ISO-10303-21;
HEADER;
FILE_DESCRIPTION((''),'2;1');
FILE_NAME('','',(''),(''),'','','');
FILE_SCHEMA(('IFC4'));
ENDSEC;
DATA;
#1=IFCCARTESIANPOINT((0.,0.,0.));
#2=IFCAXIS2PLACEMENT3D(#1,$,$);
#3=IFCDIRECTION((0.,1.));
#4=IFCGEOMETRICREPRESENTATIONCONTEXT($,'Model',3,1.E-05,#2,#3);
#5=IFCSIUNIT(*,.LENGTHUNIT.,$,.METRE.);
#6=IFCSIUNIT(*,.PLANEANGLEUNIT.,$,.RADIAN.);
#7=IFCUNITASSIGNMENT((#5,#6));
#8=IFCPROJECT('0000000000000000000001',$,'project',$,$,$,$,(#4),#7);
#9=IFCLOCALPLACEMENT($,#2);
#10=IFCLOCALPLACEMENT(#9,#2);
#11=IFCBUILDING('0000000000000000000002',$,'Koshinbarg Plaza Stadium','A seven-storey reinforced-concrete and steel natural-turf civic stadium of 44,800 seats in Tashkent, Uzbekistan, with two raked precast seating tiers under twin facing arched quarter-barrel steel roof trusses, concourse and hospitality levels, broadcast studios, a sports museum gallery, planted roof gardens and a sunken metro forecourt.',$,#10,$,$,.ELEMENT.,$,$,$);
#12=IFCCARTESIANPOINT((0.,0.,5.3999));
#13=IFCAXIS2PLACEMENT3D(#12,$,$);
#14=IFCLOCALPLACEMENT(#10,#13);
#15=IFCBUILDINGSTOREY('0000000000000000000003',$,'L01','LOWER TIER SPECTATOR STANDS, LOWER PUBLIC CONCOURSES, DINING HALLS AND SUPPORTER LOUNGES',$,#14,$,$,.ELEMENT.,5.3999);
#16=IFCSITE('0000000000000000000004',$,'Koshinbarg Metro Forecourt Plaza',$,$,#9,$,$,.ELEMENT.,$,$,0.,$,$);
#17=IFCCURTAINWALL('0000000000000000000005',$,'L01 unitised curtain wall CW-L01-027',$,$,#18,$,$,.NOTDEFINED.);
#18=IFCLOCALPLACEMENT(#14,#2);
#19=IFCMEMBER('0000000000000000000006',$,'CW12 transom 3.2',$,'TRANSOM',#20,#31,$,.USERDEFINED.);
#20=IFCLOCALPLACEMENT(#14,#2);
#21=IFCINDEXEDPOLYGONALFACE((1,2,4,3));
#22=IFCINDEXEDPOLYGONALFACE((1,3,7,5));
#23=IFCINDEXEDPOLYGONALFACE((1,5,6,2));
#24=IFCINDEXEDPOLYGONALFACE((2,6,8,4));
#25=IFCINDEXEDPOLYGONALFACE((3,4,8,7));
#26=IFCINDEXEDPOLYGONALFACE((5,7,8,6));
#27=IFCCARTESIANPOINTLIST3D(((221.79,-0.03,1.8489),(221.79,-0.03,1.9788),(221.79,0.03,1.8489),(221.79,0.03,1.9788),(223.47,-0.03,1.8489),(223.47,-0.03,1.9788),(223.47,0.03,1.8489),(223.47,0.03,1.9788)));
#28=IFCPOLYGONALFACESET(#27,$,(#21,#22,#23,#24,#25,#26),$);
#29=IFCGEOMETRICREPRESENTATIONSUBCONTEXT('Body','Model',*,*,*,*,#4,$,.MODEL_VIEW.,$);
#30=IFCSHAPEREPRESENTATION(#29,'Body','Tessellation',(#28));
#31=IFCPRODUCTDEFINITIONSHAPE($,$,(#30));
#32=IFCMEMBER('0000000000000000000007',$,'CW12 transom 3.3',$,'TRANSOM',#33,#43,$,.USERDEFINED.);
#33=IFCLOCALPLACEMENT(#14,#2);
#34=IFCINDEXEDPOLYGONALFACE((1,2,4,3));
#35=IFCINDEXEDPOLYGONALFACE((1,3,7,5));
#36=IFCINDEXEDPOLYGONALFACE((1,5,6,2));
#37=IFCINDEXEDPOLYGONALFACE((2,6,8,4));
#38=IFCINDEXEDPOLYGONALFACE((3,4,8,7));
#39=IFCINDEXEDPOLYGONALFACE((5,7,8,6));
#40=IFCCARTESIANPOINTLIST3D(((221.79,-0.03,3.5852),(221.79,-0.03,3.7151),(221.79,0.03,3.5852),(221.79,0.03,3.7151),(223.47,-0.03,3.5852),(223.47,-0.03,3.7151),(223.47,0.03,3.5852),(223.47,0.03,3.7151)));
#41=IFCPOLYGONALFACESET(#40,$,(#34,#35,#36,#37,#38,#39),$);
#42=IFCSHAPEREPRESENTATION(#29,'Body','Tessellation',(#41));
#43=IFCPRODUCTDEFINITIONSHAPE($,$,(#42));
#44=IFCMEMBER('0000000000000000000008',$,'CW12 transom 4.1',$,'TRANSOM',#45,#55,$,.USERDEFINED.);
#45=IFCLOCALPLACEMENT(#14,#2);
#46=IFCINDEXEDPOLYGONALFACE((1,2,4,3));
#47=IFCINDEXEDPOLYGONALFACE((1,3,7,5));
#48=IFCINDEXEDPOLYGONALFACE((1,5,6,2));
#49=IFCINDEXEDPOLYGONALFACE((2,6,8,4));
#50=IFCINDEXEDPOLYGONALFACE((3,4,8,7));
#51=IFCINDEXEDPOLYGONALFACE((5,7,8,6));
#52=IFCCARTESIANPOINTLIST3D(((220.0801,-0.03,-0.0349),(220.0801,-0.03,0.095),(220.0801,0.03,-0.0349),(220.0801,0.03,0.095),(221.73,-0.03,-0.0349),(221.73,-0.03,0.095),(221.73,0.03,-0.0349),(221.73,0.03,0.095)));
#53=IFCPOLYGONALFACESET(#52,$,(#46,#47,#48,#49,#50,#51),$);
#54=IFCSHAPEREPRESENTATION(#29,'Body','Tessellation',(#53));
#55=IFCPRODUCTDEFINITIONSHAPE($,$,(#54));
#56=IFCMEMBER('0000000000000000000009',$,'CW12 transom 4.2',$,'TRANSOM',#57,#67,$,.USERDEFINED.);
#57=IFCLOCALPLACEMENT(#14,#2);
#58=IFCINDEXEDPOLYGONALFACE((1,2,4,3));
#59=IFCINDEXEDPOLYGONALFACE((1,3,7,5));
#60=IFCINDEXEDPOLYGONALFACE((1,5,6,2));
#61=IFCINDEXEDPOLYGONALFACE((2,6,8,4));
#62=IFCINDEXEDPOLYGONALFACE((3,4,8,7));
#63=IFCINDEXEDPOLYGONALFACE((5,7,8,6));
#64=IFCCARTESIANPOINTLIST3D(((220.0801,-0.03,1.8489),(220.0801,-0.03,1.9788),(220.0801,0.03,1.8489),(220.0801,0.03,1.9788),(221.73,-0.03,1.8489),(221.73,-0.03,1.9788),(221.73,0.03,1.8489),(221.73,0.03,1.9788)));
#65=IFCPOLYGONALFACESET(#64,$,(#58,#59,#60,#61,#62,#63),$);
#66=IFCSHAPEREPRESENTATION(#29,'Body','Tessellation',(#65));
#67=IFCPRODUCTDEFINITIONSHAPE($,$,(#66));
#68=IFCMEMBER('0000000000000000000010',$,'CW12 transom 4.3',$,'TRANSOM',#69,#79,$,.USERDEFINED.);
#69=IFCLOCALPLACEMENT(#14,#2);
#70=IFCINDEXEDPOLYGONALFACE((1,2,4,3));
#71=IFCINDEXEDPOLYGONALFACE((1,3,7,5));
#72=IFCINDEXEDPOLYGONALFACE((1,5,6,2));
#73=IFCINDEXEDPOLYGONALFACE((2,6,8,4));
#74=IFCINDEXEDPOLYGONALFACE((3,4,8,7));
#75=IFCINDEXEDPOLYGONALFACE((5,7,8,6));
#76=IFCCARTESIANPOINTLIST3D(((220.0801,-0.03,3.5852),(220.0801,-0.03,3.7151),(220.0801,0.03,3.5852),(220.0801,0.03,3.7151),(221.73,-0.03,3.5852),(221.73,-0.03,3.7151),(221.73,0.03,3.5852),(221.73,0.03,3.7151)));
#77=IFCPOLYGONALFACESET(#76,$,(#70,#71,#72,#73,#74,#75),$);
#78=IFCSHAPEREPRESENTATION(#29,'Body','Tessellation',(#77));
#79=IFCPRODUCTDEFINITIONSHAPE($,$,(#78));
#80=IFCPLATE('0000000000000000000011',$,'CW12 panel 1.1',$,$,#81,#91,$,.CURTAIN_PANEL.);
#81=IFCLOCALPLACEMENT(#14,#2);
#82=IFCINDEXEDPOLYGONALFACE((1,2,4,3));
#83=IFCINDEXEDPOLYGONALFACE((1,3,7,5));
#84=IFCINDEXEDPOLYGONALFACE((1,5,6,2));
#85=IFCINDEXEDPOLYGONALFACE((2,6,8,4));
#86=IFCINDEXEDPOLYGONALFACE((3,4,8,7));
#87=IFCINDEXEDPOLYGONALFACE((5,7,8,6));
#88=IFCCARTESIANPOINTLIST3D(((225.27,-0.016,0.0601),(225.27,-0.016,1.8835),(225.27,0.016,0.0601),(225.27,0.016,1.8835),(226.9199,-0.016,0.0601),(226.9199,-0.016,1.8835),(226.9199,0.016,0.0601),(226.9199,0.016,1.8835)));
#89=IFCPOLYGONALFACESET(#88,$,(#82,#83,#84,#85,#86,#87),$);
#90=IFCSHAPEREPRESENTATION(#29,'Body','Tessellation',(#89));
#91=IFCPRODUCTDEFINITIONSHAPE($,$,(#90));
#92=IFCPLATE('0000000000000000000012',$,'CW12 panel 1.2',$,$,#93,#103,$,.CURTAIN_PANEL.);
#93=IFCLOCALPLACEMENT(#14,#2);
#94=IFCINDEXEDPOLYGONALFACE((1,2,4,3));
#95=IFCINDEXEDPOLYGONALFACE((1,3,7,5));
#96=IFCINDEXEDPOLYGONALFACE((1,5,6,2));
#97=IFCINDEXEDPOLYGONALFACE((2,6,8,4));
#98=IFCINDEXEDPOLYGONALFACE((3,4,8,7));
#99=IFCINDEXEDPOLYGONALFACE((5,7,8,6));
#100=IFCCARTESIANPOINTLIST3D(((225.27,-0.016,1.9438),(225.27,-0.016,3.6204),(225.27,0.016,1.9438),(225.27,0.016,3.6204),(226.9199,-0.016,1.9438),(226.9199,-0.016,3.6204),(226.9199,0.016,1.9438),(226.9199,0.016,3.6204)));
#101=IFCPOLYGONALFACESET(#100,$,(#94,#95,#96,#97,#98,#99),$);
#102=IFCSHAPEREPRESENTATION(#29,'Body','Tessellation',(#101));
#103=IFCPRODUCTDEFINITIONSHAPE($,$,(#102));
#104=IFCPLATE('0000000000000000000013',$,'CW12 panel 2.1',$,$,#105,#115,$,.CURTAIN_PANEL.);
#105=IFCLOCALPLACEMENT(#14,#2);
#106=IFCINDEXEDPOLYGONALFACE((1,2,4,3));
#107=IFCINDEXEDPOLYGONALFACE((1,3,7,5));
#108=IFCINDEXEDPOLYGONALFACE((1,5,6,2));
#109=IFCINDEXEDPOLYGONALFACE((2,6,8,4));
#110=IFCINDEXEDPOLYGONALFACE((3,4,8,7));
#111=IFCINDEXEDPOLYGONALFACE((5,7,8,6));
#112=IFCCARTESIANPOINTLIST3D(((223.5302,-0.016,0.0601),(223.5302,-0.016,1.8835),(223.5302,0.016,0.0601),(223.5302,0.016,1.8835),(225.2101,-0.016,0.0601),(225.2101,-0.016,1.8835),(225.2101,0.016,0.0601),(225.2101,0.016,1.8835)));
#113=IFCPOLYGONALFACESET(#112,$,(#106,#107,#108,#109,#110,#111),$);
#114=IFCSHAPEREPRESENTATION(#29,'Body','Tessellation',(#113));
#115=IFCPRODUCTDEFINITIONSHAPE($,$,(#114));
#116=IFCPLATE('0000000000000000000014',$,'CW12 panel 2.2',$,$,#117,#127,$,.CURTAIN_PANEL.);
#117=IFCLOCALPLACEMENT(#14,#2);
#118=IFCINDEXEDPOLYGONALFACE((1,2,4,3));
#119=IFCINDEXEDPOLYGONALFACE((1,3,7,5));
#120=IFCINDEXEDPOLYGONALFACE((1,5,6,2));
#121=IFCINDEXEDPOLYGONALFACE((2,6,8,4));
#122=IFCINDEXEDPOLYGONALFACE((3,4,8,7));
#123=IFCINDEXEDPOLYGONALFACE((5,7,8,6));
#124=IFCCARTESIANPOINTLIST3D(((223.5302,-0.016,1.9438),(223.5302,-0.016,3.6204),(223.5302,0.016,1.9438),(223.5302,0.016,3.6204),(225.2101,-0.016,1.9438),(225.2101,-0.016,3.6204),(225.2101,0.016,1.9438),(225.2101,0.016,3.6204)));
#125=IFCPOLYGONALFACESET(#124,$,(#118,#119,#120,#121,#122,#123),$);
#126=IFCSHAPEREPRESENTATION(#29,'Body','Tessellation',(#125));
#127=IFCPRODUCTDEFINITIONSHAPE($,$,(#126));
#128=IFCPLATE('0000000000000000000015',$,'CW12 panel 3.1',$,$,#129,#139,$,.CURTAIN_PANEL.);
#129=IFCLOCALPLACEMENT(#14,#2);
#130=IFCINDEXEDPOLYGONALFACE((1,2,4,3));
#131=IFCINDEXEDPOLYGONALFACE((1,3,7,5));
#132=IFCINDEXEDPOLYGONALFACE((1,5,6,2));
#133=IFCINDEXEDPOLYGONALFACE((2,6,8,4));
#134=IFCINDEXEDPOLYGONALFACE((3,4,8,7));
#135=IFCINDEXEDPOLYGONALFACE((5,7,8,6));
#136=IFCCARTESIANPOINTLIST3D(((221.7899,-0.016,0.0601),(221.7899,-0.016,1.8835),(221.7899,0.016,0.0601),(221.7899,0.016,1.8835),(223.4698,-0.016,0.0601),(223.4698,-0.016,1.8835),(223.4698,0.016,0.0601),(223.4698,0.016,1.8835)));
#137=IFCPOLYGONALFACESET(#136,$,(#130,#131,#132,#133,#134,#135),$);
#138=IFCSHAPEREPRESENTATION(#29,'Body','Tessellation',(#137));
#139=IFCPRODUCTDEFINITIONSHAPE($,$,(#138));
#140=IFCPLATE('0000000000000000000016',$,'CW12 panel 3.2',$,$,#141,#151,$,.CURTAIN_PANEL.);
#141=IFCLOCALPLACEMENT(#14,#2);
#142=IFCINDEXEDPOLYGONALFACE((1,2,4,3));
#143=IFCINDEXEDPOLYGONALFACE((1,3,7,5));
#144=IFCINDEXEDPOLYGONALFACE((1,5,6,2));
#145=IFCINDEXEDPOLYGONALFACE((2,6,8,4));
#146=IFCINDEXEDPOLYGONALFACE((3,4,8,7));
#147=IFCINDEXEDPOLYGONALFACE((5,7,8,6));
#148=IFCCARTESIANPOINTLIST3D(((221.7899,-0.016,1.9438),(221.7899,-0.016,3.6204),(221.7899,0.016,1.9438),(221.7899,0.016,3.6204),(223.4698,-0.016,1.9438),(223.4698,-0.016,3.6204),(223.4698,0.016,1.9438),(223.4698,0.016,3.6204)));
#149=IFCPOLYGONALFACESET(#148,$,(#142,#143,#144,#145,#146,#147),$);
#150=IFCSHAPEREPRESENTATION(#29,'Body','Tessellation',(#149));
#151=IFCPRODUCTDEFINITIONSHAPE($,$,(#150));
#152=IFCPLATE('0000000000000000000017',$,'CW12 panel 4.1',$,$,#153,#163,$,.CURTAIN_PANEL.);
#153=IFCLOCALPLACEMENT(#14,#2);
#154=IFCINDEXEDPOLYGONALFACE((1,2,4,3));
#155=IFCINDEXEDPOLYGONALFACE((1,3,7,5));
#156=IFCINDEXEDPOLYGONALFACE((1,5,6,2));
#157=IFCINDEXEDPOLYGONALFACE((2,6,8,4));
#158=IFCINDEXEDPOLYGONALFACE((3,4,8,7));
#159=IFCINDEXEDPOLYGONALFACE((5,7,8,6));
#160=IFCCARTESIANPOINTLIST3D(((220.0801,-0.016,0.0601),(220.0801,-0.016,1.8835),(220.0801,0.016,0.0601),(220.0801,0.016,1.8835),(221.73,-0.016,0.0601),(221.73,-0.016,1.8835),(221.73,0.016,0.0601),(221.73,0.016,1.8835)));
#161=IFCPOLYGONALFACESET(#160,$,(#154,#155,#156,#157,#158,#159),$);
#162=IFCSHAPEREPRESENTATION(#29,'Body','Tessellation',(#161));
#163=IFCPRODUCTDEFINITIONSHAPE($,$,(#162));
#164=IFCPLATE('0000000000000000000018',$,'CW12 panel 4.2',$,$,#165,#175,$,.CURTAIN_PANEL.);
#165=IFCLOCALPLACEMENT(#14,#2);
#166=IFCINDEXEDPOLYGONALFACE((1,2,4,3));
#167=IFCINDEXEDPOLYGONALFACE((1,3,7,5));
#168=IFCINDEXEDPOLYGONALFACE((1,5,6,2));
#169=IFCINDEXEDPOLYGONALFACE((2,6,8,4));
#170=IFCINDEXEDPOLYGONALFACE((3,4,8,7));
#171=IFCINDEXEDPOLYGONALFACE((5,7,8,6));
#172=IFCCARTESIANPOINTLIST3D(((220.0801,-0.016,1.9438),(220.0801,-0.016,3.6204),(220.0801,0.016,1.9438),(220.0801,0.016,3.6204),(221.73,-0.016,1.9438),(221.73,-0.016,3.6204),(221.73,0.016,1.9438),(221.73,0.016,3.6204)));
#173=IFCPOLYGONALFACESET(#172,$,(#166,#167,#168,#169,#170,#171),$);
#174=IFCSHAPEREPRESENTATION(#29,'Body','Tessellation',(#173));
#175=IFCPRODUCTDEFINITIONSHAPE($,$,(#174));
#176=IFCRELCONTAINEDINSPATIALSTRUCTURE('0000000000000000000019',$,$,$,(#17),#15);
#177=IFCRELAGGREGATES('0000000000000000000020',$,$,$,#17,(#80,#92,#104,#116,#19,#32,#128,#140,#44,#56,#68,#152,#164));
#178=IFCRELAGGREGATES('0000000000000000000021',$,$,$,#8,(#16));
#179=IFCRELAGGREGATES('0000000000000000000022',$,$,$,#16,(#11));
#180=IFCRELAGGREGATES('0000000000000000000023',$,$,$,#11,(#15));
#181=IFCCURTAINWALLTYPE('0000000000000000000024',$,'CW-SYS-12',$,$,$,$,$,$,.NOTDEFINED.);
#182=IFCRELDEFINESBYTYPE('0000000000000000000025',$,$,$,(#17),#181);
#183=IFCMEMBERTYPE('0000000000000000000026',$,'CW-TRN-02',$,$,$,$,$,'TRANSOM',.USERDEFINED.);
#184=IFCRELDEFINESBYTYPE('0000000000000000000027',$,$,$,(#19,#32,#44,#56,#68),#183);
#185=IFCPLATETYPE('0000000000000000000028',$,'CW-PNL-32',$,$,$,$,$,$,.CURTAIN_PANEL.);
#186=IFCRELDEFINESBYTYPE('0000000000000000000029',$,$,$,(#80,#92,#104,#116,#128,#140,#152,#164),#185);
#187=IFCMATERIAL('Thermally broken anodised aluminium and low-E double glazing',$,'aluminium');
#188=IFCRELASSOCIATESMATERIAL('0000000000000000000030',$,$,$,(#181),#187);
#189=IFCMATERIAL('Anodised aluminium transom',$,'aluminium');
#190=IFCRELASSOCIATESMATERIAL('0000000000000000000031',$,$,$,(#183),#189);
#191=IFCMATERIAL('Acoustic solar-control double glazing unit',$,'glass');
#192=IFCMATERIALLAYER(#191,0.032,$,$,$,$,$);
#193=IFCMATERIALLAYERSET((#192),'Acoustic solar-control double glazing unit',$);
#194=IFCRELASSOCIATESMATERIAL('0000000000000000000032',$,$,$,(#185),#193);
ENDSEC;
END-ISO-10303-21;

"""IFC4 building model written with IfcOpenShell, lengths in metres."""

from ifc_helpers import new_model, si_unit, direction, frame, origin, origin_2d, place, context, subcontext, project, spatial, rectangle, extrude, material, layer, layer_set, material_profile, profile_set, type_object, element, aggregate, save


model = new_model("IFC4")

# Units and contexts
model_context = context("Model", 3, precision=1e-05, world=origin(), true_north=direction((0.0, 1.0)))
body_context = subcontext(model_context, "Body", "Model", "MODEL_VIEW")
ifc_project = project(units=[si_unit("LENGTHUNIT", "METRE"), si_unit("PLANEANGLEUNIT", "RADIAN")], contexts=[model_context])

# Site, building, storey
site_placement = place(None, origin())
site = spatial("IfcSite", under=ifc_project, at=site_placement, Name="Koshinbarg Metro Forecourt Plaza", CompositionType="ELEMENT", RefElevation=0.0)
building_placement = place(site_placement, origin())
building = spatial("IfcBuilding", under=site, at=building_placement, Name="Koshinbarg Plaza Stadium", Description="A seven-storey reinforced-concrete and steel natural-turf civic stadium of 44,800 seats in Tashkent, Uzbekistan, with two raked precast seating tiers under twin facing arched quarter-barrel steel roof trusses, concourse and hospitality levels, broadcast studios, a sports museum gallery, planted roof gardens and a sunken metro forecourt.", CompositionType="ELEMENT")
storey_placement = place(building_placement, frame((0.0, 0.0, 5.3999)))
storey = spatial("IfcBuildingStorey", under=building, at=storey_placement, Name="L01", Description="LOWER TIER SPECTATOR STANDS, LOWER PUBLIC CONCOURSES, DINING HALLS AND SUPPORTER LOUNGES", CompositionType="ELEMENT", Elevation=5.3999)

# Curtain wall, members, plates
ifc_material_1 = material(Name="Thermally broken anodised aluminium and low-E double glazing", Category="aluminium")
curtain_wall_type = type_object("IfcCurtainWallType", Name="CW-SYS-12", PredefinedType="NOTDEFINED", material=ifc_material_1)
curtain_wall_placement = place(storey_placement, origin())
curtain_wall = element("IfcCurtainWall", 1, at=curtain_wall_placement, inside=storey, type_object=curtain_wall_type, Name="L01 unitised curtain wall CW-L01-027", PredefinedType="NOTDEFINED")
ifc_material_2 = material(Name="Anodised aluminium transom", Category="aluminium")
ifc_material_profile_1 = material_profile(ifc_material_2, rectangle(XDim=0.0601, YDim=0.1299, at=origin_2d()), Name="ALU 60x130")
ifc_profile_set_1 = profile_set([ifc_material_profile_1], Name="Anodised aluminium transom")
member_type_1 = type_object("IfcMemberType", Name="CW-TRN-02", ElementType="TRANSOM", PredefinedType="USERDEFINED", material=ifc_profile_set_1)
member_1_placement = place(storey_placement, frame((223.47, 0.0, 1.9138), z_axis=(-1.0, 0.0, 0.0), x_axis=(0.0, -1.0, 0.0)))
member_1 = element("IfcMember", 2, at=member_1_placement, type_object=member_type_1, Name="CW12 transom 3.2", ObjectType="TRANSOM", PredefinedType="USERDEFINED", context=body_context, shape_type="SweptSolid", body=[
    extrude(rectangle(XDim=0.0601, YDim=0.1299, at=origin_2d()), origin(), (0.0, 0.0, 1.0), 1.6799),
])
member_2_placement = place(storey_placement, frame((223.47, 0.0, 3.6501), z_axis=(-1.0, 0.0, 0.0), x_axis=(0.0, -1.0, 0.0)))
member_2 = element("IfcMember", 3, at=member_2_placement, type_object=member_type_1, Name="CW12 transom 3.3", ObjectType="TRANSOM", PredefinedType="USERDEFINED", context=body_context, shape_type="SweptSolid", body=[
    extrude(rectangle(XDim=0.0601, YDim=0.1299, at=origin_2d()), origin(), (0.0, 0.0, 1.0), 1.6799),
])
member_3_placement = place(storey_placement, frame((221.73, 0.0, 0.03), z_axis=(-1.0, 0.0, 0.0), x_axis=(0.0, -1.0, 0.0)))
member_3 = element("IfcMember", 4, at=member_3_placement, type_object=member_type_1, Name="CW12 transom 4.1", ObjectType="TRANSOM", PredefinedType="USERDEFINED", context=body_context, shape_type="SweptSolid", body=[
    extrude(rectangle(XDim=0.0601, YDim=0.1299, at=origin_2d()), origin(), (0.0, 0.0, 1.0), 1.6499),
])
member_4_placement = place(storey_placement, frame((221.73, 0.0, 1.9138), z_axis=(-1.0, 0.0, 0.0), x_axis=(0.0, -1.0, 0.0)))
member_4 = element("IfcMember", 5, at=member_4_placement, type_object=member_type_1, Name="CW12 transom 4.2", ObjectType="TRANSOM", PredefinedType="USERDEFINED", context=body_context, shape_type="SweptSolid", body=[
    extrude(rectangle(XDim=0.0601, YDim=0.1299, at=origin_2d()), origin(), (0.0, 0.0, 1.0), 1.6499),
])
member_5_placement = place(storey_placement, frame((221.73, 0.0, 3.6501), z_axis=(-1.0, 0.0, 0.0), x_axis=(0.0, -1.0, 0.0)))
member_5 = element("IfcMember", 6, at=member_5_placement, type_object=member_type_1, Name="CW12 transom 4.3", ObjectType="TRANSOM", PredefinedType="USERDEFINED", context=body_context, shape_type="SweptSolid", body=[
    extrude(rectangle(XDim=0.0601, YDim=0.1299, at=origin_2d()), origin(), (0.0, 0.0, 1.0), 1.6499),
])
ifc_material_3 = material(Name="Acoustic solar-control double glazing unit", Category="glass")
ifc_layer = layer(ifc_material_3, 0.032)
ifc_layer_set = layer_set([ifc_layer], Name="Acoustic solar-control double glazing unit")
plate_type = type_object("IfcPlateType", Name="CW-PNL-32", PredefinedType="CURTAIN_PANEL", material=ifc_layer_set)
plate_1_placement = place(storey_placement, frame((226.095, 0.0, 0.0601), z_axis=(0.0, 0.0, 1.0), x_axis=(-1.0, 0.0, 0.0)))
plate_1 = element("IfcPlate", 7, at=plate_1_placement, type_object=plate_type, Name="CW12 panel 1.1", PredefinedType="CURTAIN_PANEL", context=body_context, shape_type="SweptSolid", body=[
    extrude(rectangle(XDim=1.6499, YDim=0.032, at=origin_2d()), origin(), (0.0, 0.0, 1.0), 1.8235),
])
plate_2_placement = place(storey_placement, frame((226.095, 0.0, 1.9438), z_axis=(0.0, 0.0, 1.0), x_axis=(-1.0, 0.0, 0.0)))
plate_2 = element("IfcPlate", 8, at=plate_2_placement, type_object=plate_type, Name="CW12 panel 1.2", PredefinedType="CURTAIN_PANEL", context=body_context, shape_type="SweptSolid", body=[
    extrude(rectangle(XDim=1.6499, YDim=0.032, at=origin_2d()), origin(), (0.0, 0.0, 1.0), 1.6765),
])
plate_3_placement = place(storey_placement, frame((224.3701, 0.0, 0.0601), z_axis=(0.0, 0.0, 1.0), x_axis=(-1.0, 0.0, 0.0)))
plate_3 = element("IfcPlate", 9, at=plate_3_placement, type_object=plate_type, Name="CW12 panel 2.1", PredefinedType="CURTAIN_PANEL", context=body_context, shape_type="SweptSolid", body=[
    extrude(rectangle(XDim=1.6799, YDim=0.032, at=origin_2d()), origin(), (0.0, 0.0, 1.0), 1.8235),
])
plate_4_placement = place(storey_placement, frame((224.3701, 0.0, 1.9438), z_axis=(0.0, 0.0, 1.0), x_axis=(-1.0, 0.0, 0.0)))
plate_4 = element("IfcPlate", 10, at=plate_4_placement, type_object=plate_type, Name="CW12 panel 2.2", PredefinedType="CURTAIN_PANEL", context=body_context, shape_type="SweptSolid", body=[
    extrude(rectangle(XDim=1.6799, YDim=0.032, at=origin_2d()), origin(), (0.0, 0.0, 1.0), 1.6765),
])
plate_5_placement = place(storey_placement, frame((222.6299, 0.0, 0.0601), z_axis=(0.0, 0.0, 1.0), x_axis=(-1.0, 0.0, 0.0)))
plate_5 = element("IfcPlate", 11, at=plate_5_placement, type_object=plate_type, Name="CW12 panel 3.1", PredefinedType="CURTAIN_PANEL", context=body_context, shape_type="SweptSolid", body=[
    extrude(rectangle(XDim=1.6799, YDim=0.032, at=origin_2d()), origin(), (0.0, 0.0, 1.0), 1.8235),
])
plate_6_placement = place(storey_placement, frame((222.6299, 0.0, 1.9438), z_axis=(0.0, 0.0, 1.0), x_axis=(-1.0, 0.0, 0.0)))
plate_6 = element("IfcPlate", 12, at=plate_6_placement, type_object=plate_type, Name="CW12 panel 3.2", PredefinedType="CURTAIN_PANEL", context=body_context, shape_type="SweptSolid", body=[
    extrude(rectangle(XDim=1.6799, YDim=0.032, at=origin_2d()), origin(), (0.0, 0.0, 1.0), 1.6765),
])
plate_7_placement = place(storey_placement, frame((220.905, 0.0, 0.0601), z_axis=(0.0, 0.0, 1.0), x_axis=(-1.0, 0.0, 0.0)))
plate_7 = element("IfcPlate", 13, at=plate_7_placement, type_object=plate_type, Name="CW12 panel 4.1", PredefinedType="CURTAIN_PANEL", context=body_context, shape_type="SweptSolid", body=[
    extrude(rectangle(XDim=1.6499, YDim=0.032, at=origin_2d()), origin(), (0.0, 0.0, 1.0), 1.8235),
])
plate_8_placement = place(storey_placement, frame((220.905, 0.0, 1.9438), z_axis=(0.0, 0.0, 1.0), x_axis=(-1.0, 0.0, 0.0)))
plate_8 = element("IfcPlate", 14, at=plate_8_placement, type_object=plate_type, Name="CW12 panel 4.2", PredefinedType="CURTAIN_PANEL", context=body_context, shape_type="SweptSolid", body=[
    extrude(rectangle(XDim=1.6499, YDim=0.032, at=origin_2d()), origin(), (0.0, 0.0, 1.0), 1.6765),
])
aggregate(curtain_wall, [plate_1, plate_2, plate_3, plate_4, member_1, member_2, plate_5, plate_6, member_3, member_4, member_5, plate_7, plate_8])

save(model, "model.ifc")
